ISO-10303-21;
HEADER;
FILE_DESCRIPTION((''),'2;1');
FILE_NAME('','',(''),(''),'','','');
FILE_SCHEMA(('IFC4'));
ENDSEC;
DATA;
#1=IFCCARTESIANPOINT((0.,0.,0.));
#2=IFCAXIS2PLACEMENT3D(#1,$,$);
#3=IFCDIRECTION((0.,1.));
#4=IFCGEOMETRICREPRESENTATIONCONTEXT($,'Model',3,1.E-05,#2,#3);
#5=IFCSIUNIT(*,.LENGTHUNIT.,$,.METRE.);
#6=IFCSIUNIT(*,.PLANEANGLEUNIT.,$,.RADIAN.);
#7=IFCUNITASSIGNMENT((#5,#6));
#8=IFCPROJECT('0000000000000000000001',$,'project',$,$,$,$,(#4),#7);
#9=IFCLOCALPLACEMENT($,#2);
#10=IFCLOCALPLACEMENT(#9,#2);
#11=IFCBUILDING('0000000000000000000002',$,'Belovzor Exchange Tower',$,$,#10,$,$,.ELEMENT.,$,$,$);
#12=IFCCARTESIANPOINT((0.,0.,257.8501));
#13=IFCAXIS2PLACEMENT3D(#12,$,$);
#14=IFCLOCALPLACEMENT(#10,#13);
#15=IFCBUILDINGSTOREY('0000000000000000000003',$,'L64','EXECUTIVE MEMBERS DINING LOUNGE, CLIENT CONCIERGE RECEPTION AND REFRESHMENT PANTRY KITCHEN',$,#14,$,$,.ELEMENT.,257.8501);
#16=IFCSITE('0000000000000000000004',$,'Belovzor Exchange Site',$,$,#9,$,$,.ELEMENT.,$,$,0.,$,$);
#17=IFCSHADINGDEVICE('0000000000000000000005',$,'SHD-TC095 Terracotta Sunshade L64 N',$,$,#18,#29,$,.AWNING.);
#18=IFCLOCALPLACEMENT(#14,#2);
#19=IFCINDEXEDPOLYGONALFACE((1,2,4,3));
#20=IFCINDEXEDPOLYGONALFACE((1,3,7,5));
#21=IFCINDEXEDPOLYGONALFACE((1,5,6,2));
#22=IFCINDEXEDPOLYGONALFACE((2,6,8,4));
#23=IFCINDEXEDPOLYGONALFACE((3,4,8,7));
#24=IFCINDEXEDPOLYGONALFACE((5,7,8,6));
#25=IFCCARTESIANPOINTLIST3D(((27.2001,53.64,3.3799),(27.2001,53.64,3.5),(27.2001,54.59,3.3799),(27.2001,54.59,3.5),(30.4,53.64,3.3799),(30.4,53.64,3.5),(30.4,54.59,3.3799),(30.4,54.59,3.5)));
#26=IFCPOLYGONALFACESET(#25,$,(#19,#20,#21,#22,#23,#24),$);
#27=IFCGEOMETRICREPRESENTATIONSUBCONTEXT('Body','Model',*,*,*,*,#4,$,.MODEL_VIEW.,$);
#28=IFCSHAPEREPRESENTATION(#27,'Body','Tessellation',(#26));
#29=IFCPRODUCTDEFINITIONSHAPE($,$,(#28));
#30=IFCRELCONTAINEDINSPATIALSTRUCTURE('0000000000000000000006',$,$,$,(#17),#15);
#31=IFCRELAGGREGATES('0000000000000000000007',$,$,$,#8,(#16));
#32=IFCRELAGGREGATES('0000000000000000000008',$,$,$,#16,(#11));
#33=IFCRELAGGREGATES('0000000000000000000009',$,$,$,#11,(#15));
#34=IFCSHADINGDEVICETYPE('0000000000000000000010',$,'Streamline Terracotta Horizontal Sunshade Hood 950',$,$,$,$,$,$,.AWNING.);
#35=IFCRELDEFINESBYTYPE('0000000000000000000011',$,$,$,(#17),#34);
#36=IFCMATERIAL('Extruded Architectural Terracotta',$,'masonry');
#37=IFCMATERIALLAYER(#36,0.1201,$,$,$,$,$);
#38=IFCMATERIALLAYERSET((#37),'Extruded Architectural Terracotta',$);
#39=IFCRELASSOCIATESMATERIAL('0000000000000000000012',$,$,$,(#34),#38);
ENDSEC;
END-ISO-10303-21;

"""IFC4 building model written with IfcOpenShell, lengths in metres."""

from ifc_helpers import new_model, si_unit, direction, frame, origin, origin_2d, place, context, subcontext, project, spatial, rectangle, extrude, material, layer, layer_set, type_object, element, save


model = new_model("IFC4")

# Units and contexts
model_context = context("Model", 3, precision=1e-05, world=origin(), true_north=direction((0.0, 1.0)))
body_context = subcontext(model_context, "Body", "Model", "MODEL_VIEW")
ifc_project = project(units=[si_unit("LENGTHUNIT", "METRE"), si_unit("PLANEANGLEUNIT", "RADIAN")], contexts=[model_context])

# Site, building, storey
site_placement = place(None, origin())
site = spatial("IfcSite", under=ifc_project, at=site_placement, Name="Belovzor Exchange Site", CompositionType="ELEMENT", RefElevation=0.0)
building_placement = place(site_placement, origin())
building = spatial("IfcBuilding", under=site, at=building_placement, Name="Belovzor Exchange Tower", CompositionType="ELEMENT")
storey_placement = place(building_placement, frame((0.0, 0.0, 257.8501)))
storey = spatial("IfcBuildingStorey", under=building, at=storey_placement, Name="L64", Description="EXECUTIVE MEMBERS DINING LOUNGE, CLIENT CONCIERGE RECEPTION AND REFRESHMENT PANTRY KITCHEN", CompositionType="ELEMENT", Elevation=257.8501)

# Shading device
ifc_material_1 = material(Name="Extruded Architectural Terracotta", Category="masonry")
ifc_layer_1 = layer(ifc_material_1, 0.1201)
ifc_layer_set_1 = layer_set([ifc_layer_1], Name="Extruded Architectural Terracotta")
shading_device_type = type_object("IfcShadingDeviceType", Name="Streamline Terracotta Horizontal Sunshade Hood 950", PredefinedType="AWNING", material=ifc_layer_set_1)
shading_device_placement = place(storey_placement, frame((28.8, 54.115, 3.3799), z_axis=(0.0, 0.0, 1.0), x_axis=(1.0, 0.0, 0.0)))
element("IfcShadingDevice", 1, at=shading_device_placement, inside=storey, type_object=shading_device_type, Name="SHD-TC095 Terracotta Sunshade L64 N", PredefinedType="AWNING", context=body_context, shape_type="SweptSolid", body=[
    extrude(rectangle(XDim=3.2, YDim=0.95, at=origin_2d()), origin(), (0.0, 0.0, 1.0), 0.1201),
])

save(model, "model.ifc")
